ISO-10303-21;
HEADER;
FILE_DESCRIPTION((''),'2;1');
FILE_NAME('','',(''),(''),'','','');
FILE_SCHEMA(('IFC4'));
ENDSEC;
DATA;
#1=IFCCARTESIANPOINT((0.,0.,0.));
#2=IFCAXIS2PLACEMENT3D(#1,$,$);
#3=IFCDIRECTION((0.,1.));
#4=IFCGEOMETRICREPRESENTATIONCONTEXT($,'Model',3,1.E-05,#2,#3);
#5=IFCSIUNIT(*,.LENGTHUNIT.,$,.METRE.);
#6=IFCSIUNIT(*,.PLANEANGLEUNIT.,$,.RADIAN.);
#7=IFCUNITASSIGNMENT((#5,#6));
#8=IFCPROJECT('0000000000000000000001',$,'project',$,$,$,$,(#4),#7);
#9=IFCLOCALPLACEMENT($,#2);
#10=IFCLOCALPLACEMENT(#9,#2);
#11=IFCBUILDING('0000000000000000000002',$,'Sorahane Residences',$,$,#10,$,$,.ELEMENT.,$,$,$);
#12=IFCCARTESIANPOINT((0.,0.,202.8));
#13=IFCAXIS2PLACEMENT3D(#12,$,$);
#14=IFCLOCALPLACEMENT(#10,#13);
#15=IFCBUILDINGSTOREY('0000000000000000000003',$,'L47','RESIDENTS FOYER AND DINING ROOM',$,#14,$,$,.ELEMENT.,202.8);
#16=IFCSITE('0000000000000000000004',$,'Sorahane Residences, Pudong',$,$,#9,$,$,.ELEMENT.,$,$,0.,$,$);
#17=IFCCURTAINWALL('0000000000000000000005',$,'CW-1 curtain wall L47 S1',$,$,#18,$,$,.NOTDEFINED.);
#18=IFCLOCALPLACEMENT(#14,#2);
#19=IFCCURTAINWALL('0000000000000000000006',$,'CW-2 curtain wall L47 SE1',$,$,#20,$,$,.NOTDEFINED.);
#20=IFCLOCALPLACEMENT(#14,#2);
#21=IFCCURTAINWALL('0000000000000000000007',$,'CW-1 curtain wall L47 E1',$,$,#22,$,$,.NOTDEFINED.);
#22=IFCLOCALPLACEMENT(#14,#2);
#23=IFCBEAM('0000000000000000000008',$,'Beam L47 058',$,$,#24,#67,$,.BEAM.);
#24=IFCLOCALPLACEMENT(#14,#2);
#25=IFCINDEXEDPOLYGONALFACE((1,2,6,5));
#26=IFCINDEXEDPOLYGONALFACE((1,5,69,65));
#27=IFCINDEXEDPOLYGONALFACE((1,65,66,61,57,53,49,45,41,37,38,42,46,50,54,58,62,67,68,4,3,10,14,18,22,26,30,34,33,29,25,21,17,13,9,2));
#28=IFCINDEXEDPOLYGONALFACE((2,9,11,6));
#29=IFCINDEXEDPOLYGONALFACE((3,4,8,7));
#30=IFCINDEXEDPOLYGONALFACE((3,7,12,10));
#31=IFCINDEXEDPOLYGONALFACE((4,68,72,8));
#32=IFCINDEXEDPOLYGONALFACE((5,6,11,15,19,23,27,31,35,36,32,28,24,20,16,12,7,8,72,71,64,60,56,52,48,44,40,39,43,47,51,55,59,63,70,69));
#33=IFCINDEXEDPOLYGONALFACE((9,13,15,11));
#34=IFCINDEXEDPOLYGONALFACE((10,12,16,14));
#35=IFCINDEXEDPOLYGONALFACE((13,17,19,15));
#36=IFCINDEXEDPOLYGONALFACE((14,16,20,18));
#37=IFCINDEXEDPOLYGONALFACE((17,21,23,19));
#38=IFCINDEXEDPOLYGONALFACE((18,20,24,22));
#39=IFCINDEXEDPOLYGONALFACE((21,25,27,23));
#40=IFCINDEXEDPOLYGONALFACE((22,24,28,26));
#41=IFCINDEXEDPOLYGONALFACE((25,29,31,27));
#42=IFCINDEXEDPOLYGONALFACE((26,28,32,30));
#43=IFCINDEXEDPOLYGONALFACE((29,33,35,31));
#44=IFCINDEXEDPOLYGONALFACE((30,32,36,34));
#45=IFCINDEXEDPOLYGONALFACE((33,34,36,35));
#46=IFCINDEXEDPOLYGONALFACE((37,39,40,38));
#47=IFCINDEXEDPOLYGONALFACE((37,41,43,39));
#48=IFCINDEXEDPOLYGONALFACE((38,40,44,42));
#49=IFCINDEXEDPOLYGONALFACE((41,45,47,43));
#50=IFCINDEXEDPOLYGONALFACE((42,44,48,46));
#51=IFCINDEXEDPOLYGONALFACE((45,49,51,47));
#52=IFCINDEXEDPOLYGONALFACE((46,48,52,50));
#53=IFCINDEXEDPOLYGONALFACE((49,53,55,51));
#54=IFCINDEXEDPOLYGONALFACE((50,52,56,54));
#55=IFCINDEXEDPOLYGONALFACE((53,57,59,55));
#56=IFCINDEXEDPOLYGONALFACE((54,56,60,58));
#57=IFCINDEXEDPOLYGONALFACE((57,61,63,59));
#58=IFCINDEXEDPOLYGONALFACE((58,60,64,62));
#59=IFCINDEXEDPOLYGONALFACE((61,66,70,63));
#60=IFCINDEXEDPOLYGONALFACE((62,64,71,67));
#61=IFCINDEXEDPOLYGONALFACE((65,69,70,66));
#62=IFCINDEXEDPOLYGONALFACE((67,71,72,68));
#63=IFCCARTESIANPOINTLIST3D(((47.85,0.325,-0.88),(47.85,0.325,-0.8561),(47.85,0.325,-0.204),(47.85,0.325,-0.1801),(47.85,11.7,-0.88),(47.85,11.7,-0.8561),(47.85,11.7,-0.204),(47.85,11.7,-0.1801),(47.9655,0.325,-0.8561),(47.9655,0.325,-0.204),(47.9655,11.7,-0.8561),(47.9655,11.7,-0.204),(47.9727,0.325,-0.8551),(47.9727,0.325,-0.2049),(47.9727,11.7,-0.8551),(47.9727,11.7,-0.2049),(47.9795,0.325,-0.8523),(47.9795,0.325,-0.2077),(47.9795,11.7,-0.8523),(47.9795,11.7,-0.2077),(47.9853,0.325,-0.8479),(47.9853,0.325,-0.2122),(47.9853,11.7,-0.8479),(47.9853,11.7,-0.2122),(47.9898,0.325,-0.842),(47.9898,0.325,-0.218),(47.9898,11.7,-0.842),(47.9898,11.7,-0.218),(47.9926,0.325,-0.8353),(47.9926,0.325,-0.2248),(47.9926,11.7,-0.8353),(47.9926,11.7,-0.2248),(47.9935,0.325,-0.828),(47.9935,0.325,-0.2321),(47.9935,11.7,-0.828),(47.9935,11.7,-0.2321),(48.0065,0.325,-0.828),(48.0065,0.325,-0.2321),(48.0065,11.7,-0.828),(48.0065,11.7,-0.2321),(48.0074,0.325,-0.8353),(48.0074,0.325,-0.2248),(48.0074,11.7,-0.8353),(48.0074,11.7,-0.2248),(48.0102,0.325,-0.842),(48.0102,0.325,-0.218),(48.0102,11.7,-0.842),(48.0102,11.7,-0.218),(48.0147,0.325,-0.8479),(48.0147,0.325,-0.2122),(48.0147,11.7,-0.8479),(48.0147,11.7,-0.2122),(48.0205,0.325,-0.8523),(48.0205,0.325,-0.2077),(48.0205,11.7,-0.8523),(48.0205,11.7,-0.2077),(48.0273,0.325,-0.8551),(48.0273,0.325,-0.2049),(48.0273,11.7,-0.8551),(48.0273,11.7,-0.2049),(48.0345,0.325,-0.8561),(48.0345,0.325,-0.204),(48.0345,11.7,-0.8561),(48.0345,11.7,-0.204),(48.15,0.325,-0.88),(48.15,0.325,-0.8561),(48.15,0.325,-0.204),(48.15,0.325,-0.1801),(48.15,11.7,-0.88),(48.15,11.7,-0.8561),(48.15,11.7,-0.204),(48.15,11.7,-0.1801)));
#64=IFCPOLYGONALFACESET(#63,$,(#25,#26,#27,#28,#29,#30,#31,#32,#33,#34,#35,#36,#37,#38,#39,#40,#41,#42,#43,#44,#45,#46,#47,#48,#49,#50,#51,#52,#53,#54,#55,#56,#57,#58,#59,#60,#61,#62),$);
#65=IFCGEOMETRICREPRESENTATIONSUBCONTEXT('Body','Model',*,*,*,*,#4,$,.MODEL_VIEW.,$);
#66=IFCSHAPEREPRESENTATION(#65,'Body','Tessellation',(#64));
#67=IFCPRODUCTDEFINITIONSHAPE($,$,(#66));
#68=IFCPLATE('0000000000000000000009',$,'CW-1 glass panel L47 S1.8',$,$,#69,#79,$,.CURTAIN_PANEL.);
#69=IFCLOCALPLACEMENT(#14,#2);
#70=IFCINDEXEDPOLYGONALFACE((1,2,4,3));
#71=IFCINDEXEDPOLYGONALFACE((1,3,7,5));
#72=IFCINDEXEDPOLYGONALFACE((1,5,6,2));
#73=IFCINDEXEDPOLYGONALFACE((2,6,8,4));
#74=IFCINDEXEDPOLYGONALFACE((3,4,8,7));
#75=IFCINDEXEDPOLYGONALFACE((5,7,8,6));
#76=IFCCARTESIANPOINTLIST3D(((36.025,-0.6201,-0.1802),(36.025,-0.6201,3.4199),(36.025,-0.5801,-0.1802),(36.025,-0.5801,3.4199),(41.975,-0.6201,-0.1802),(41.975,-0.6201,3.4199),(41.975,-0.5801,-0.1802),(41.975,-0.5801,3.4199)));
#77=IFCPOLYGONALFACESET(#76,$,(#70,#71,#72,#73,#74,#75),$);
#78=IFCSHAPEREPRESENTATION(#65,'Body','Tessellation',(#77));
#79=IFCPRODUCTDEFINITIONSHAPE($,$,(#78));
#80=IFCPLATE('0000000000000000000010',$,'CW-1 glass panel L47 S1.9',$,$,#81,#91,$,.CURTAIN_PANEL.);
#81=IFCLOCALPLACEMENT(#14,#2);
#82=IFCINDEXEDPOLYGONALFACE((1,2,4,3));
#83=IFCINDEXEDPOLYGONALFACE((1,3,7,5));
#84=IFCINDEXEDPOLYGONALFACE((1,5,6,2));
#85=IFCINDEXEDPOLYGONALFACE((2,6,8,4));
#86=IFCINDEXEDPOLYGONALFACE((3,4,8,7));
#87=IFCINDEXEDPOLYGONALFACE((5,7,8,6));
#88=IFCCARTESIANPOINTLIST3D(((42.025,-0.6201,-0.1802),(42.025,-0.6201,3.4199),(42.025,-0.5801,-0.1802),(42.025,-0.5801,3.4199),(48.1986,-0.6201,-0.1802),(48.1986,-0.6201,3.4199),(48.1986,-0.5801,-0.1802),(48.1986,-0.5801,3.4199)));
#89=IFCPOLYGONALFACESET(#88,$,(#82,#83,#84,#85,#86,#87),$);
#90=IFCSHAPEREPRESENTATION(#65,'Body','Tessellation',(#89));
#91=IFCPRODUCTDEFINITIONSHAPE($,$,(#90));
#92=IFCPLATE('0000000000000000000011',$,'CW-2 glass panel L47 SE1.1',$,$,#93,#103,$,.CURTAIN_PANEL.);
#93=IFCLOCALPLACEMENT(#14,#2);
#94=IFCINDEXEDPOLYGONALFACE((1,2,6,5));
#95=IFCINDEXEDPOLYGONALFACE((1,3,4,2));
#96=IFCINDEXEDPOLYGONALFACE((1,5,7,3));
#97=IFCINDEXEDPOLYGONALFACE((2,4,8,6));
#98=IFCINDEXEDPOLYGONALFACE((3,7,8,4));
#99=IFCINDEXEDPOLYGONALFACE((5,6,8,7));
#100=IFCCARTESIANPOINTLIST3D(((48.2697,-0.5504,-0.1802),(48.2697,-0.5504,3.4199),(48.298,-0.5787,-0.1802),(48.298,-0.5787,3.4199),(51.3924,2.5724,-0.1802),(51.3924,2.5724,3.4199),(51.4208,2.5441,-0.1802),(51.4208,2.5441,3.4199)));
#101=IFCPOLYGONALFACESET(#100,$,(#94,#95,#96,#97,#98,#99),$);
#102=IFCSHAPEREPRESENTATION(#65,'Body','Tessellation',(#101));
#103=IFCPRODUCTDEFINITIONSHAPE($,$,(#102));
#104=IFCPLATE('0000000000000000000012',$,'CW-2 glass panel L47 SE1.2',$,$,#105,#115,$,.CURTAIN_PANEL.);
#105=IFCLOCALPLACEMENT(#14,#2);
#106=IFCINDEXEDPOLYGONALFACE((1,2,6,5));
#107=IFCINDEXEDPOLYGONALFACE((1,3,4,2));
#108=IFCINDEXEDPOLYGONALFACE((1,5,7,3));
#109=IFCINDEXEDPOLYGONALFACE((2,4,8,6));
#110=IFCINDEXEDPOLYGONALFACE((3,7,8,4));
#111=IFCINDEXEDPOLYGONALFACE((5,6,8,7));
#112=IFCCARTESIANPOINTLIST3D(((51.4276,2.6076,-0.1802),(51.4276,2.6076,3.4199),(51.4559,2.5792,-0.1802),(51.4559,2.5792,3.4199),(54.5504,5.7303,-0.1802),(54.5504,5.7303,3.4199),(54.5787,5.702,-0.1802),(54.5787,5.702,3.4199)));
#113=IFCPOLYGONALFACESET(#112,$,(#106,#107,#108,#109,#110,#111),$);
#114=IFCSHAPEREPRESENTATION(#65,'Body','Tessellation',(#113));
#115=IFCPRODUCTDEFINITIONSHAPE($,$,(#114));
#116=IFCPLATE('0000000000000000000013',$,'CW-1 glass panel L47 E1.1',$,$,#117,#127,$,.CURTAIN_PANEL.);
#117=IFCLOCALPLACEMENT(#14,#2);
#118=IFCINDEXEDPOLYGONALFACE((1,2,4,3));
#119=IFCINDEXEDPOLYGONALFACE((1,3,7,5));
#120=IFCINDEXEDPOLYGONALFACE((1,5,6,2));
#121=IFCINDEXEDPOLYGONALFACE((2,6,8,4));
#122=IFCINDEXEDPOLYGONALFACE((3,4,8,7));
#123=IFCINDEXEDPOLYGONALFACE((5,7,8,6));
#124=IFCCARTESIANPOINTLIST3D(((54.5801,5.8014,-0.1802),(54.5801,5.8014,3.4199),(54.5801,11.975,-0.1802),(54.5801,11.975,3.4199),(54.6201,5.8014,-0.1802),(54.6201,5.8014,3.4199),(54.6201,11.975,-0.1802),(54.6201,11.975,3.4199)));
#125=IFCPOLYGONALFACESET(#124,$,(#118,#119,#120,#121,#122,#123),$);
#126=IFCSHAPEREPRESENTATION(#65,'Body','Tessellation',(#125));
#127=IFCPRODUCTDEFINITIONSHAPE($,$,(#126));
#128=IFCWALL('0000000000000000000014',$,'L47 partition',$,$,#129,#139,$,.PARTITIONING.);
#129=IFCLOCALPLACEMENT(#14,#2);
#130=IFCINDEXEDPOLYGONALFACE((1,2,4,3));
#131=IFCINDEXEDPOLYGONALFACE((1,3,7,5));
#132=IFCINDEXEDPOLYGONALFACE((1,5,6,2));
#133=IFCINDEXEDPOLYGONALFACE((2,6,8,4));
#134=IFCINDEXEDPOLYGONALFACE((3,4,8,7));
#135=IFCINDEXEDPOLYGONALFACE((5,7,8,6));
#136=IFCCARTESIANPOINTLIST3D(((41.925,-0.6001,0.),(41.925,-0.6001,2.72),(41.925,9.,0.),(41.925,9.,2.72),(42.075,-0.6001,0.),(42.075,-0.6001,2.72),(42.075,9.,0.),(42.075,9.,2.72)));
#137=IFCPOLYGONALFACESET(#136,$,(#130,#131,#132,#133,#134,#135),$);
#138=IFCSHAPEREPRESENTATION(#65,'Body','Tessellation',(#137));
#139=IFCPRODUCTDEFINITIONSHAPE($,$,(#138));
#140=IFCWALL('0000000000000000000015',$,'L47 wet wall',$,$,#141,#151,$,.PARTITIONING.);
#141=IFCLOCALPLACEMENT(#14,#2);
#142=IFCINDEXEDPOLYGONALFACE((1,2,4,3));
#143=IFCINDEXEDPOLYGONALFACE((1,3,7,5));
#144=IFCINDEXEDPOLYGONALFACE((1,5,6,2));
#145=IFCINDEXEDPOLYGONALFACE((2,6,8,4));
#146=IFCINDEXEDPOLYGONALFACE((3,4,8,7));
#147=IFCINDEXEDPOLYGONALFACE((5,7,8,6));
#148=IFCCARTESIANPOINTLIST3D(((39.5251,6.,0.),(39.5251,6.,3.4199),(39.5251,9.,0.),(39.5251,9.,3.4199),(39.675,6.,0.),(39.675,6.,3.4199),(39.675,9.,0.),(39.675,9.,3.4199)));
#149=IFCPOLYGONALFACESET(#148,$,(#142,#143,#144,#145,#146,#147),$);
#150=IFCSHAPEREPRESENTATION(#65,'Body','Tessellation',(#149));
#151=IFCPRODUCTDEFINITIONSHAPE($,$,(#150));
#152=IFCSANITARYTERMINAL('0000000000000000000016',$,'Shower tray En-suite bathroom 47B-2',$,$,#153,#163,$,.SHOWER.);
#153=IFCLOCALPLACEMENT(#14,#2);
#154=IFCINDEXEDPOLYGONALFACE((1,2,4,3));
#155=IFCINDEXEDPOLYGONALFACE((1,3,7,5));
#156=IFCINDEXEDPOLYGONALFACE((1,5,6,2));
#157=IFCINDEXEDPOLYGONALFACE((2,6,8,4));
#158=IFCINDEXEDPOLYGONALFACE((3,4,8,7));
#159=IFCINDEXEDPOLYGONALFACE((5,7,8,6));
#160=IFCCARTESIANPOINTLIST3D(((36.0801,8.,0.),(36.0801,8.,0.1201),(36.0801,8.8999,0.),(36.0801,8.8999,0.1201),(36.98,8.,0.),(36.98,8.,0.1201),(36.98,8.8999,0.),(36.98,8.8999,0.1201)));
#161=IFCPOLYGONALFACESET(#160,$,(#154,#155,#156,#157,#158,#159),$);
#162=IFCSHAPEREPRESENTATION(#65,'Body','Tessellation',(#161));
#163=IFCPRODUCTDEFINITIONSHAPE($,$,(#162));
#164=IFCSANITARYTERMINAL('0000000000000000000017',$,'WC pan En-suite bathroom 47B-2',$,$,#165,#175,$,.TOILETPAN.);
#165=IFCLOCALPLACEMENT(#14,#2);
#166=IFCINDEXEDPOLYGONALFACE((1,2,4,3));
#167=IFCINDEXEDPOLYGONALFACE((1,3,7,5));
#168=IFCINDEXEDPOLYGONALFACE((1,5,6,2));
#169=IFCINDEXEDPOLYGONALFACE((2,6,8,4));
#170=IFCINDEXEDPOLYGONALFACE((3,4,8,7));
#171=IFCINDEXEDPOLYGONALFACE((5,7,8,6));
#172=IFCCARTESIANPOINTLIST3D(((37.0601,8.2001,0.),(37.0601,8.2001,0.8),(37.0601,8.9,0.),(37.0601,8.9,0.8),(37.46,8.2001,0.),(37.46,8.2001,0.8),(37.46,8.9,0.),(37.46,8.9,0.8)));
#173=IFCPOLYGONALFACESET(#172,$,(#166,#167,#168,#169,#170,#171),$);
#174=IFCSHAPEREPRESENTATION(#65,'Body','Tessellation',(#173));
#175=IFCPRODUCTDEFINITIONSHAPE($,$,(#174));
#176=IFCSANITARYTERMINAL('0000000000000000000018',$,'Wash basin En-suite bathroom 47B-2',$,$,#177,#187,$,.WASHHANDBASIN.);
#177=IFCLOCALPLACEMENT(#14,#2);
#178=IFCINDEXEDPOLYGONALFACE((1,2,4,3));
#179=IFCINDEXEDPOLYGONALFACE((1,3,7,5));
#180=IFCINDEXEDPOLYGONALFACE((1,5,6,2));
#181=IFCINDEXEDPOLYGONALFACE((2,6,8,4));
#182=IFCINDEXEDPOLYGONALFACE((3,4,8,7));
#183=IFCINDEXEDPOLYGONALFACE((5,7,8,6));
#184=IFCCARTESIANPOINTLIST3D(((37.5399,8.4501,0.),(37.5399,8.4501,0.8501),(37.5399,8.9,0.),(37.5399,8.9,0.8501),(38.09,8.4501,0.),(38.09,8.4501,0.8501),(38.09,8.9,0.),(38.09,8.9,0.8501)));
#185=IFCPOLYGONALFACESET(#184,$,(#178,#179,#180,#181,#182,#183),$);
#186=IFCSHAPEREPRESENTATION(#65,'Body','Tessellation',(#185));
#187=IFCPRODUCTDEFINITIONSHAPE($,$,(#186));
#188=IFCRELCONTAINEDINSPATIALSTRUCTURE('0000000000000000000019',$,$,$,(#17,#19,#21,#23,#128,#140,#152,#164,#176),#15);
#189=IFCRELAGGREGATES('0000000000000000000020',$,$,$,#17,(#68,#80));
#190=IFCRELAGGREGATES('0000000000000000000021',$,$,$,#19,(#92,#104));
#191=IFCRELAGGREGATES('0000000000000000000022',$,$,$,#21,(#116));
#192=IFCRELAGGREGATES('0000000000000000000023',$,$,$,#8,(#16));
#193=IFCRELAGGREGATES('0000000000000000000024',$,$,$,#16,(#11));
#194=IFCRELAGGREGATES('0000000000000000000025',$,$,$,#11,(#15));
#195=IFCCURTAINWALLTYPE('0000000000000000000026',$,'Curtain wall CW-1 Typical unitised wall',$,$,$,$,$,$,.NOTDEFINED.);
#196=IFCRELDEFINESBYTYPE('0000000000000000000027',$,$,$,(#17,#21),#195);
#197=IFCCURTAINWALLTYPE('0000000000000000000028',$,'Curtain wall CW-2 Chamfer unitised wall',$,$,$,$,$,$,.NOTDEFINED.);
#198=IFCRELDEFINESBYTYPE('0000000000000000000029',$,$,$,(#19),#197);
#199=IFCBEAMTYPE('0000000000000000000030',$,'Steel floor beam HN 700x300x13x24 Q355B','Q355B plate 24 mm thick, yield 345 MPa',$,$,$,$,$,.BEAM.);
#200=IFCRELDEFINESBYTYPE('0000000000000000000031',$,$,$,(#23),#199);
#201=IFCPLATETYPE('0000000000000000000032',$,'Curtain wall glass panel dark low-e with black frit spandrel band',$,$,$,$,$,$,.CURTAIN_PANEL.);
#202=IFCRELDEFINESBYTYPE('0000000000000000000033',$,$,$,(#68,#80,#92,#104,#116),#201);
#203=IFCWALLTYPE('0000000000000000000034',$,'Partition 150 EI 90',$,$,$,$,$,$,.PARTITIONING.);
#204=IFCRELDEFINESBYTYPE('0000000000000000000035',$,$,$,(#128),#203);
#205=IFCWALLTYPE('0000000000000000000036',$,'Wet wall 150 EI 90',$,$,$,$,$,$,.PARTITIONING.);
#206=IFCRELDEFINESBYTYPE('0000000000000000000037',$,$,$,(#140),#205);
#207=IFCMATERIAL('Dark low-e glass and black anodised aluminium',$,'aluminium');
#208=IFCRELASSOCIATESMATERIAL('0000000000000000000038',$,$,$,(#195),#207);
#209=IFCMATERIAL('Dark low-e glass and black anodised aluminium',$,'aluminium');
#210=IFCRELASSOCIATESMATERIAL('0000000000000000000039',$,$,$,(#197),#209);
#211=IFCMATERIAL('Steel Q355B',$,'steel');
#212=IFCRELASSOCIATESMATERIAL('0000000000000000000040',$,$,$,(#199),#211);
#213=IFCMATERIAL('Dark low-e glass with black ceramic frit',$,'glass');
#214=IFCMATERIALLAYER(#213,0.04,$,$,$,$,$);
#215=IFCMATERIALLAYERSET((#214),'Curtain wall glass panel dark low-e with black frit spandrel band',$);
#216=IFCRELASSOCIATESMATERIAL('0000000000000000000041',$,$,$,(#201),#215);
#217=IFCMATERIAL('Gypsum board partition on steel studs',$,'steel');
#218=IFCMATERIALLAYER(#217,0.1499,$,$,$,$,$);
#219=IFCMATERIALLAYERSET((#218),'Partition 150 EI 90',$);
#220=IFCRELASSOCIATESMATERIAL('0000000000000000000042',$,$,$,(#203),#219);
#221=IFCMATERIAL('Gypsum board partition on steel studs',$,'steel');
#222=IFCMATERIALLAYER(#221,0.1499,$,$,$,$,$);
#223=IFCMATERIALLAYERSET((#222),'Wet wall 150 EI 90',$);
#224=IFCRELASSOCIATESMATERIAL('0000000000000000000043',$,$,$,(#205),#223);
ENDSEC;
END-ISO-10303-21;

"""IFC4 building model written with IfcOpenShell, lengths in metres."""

from ifc_helpers import new_model, si_unit, direction, frame, frame_2d, origin, origin_2d, place, context, subcontext, project, spatial, rectangle, i_section, extrude, material, layer, layer_set, material_profile, profile_set, type_object, element, aggregate, save


model = new_model("IFC4")

# Units and contexts
model_context = context("Model", 3, precision=1e-05, world=origin(), true_north=direction((0.0, 1.0)))
body_context = subcontext(model_context, "Body", "Model", "MODEL_VIEW")
ifc_project = project(units=[si_unit("LENGTHUNIT", "METRE"), si_unit("PLANEANGLEUNIT", "RADIAN")], contexts=[model_context])

# Site, building, storey
site_placement = place(None, origin())
site = spatial("IfcSite", under=ifc_project, at=site_placement, Name="Sorahane Residences, Pudong", CompositionType="ELEMENT", RefElevation=0.0)
building_placement = place(site_placement, origin())
building = spatial("IfcBuilding", under=site, at=building_placement, Name="Sorahane Residences", CompositionType="ELEMENT")
storey_placement = place(building_placement, frame((0.0, 0.0, 202.8)))
storey = spatial("IfcBuildingStorey", under=building, at=storey_placement, Name="L47", Description="RESIDENTS FOYER AND DINING ROOM", CompositionType="ELEMENT", Elevation=202.8)

# Curtain walls
ifc_material_1 = material(Name="Dark low-e glass and black anodised aluminium", Category="aluminium")
curtain_wall_type_1 = type_object("IfcCurtainWallType", Name="Curtain wall CW-1 Typical unitised wall", PredefinedType="NOTDEFINED", material=ifc_material_1)
curtain_wall_1_placement = place(storey_placement, origin())
curtain_wall_1 = element("IfcCurtainWall", 1, at=curtain_wall_1_placement, inside=storey, type_object=curtain_wall_type_1, Name="CW-1 curtain wall L47 S1", PredefinedType="NOTDEFINED")
ifc_material_2 = material(Name="Dark low-e glass and black anodised aluminium", Category="aluminium")
curtain_wall_type_2 = type_object("IfcCurtainWallType", Name="Curtain wall CW-2 Chamfer unitised wall", PredefinedType="NOTDEFINED", material=ifc_material_2)
curtain_wall_2_placement = place(storey_placement, origin())
curtain_wall_2 = element("IfcCurtainWall", 2, at=curtain_wall_2_placement, inside=storey, type_object=curtain_wall_type_2, Name="CW-2 curtain wall L47 SE1", PredefinedType="NOTDEFINED")

# Curtain wall
curtain_wall_3_placement = place(storey_placement, origin())
curtain_wall_3 = element("IfcCurtainWall", 3, at=curtain_wall_3_placement, inside=storey, type_object=curtain_wall_type_1, Name="CW-1 curtain wall L47 E1", PredefinedType="NOTDEFINED")

# Beam
ifc_material_3 = material(Name="Steel Q355B", Category="steel")
ifc_material_profile_1 = material_profile(ifc_material_3, i_section(OverallWidth=0.3, OverallDepth=0.7, WebThickness=0.0129, FlangeThickness=0.0239, FilletRadius=0.0281, at=origin_2d()), Name="HN 700x300x13x24")
ifc_profile_set_1 = profile_set([ifc_material_profile_1], Name="Steel Q355B")
beam_type_1 = type_object("IfcBeamType", Name="Steel floor beam HN 700x300x13x24 Q355B", Description="Q355B plate 24 mm thick, yield 345 MPa", PredefinedType="BEAM", material=ifc_profile_set_1)
beam_1_placement = place(storey_placement, frame((48.0, 0.325, -0.53), z_axis=(0.0, 1.0, 0.0), x_axis=(-1.0, 0.0, 0.0)))
element("IfcBeam", 4, at=beam_1_placement, inside=storey, type_object=beam_type_1, Name="Beam L47 058", PredefinedType="BEAM", context=body_context, shape_type="SweptSolid", body=[
    extrude(i_section(OverallWidth=0.3, OverallDepth=0.7, WebThickness=0.0129, FlangeThickness=0.0239, FilletRadius=0.0281, at=origin_2d()), origin(), (0.0, 0.0, 1.0), 11.375),
])

# Plates
ifc_material_4 = material(Name="Dark low-e glass with black ceramic frit", Category="glass")
ifc_layer_1 = layer(ifc_material_4, 0.04)
ifc_layer_set_1 = layer_set([ifc_layer_1], Name="Curtain wall glass panel dark low-e with black frit spandrel band")
plate_type = type_object("IfcPlateType", Name="Curtain wall glass panel dark low-e with black frit spandrel band", PredefinedType="CURTAIN_PANEL", material=ifc_layer_set_1)
plate_1_placement = place(storey_placement, frame((39.0, -0.6001, -0.1802), z_axis=(0.0, 0.0, 1.0), x_axis=(1.0, 0.0, 0.0)))
plate_1 = element("IfcPlate", 5, at=plate_1_placement, type_object=plate_type, Name="CW-1 glass panel L47 S1.8", PredefinedType="CURTAIN_PANEL", context=body_context, shape_type="SweptSolid", body=[
    extrude(rectangle(XDim=5.95, YDim=0.04, at=origin_2d()), origin(), (0.0, 0.0, 1.0), 3.6001),
])
plate_2_placement = place(storey_placement, frame((45.1118, -0.6001, -0.1802), z_axis=(0.0, 0.0, 1.0), x_axis=(1.0, 0.0, 0.0)))
plate_2 = element("IfcPlate", 6, at=plate_2_placement, type_object=plate_type, Name="CW-1 glass panel L47 S1.9", PredefinedType="CURTAIN_PANEL", context=body_context, shape_type="SweptSolid", body=[
    extrude(rectangle(XDim=6.1736, YDim=0.04, at=origin_2d()), origin(), (0.0, 0.0, 1.0), 3.6001),
])
aggregate(curtain_wall_1, [plate_1, plate_2])
plate_3_placement = place(storey_placement, frame((49.8452, 0.9968, -0.1802), z_axis=(0.0, 0.0, 1.0), x_axis=(0.707107, 0.707107, 0.0)))
plate_3 = element("IfcPlate", 7, at=plate_3_placement, type_object=plate_type, Name="CW-2 glass panel L47 SE1.1", PredefinedType="CURTAIN_PANEL", context=body_context, shape_type="SweptSolid", body=[
    extrude(rectangle(XDim=4.4163, YDim=0.04, at=origin_2d()), origin(), (0.0, 0.0, 1.0), 3.6001),
])
plate_4_placement = place(storey_placement, frame((53.0032, 4.1548, -0.1802), z_axis=(0.0, 0.0, 1.0), x_axis=(0.707107, 0.707107, 0.0)))
plate_4 = element("IfcPlate", 8, at=plate_4_placement, type_object=plate_type, Name="CW-2 glass panel L47 SE1.2", PredefinedType="CURTAIN_PANEL", context=body_context, shape_type="SweptSolid", body=[
    extrude(rectangle(XDim=4.4163, YDim=0.04, at=origin_2d()), origin(), (0.0, 0.0, 1.0), 3.6001),
])
aggregate(curtain_wall_2, [plate_3, plate_4])
plate_5_placement = place(storey_placement, frame((54.6001, 8.8882, -0.1802), z_axis=(0.0, 0.0, 1.0), x_axis=(0.0, 1.0, 0.0)))
plate_5 = element("IfcPlate", 9, at=plate_5_placement, type_object=plate_type, Name="CW-1 glass panel L47 E1.1", PredefinedType="CURTAIN_PANEL", context=body_context, shape_type="SweptSolid", body=[
    extrude(rectangle(XDim=6.1736, YDim=0.04, at=origin_2d()), origin(), (0.0, 0.0, 1.0), 3.6001),
])
aggregate(curtain_wall_3, [plate_5])

# Wall
ifc_material_5 = material(Name="Gypsum board partition on steel studs", Category="steel")
ifc_layer_2 = layer(ifc_material_5, 0.1499)
ifc_layer_set_2 = layer_set([ifc_layer_2], Name="Partition 150 EI 90")
wall_type_1 = type_object("IfcWallType", Name="Partition 150 EI 90", PredefinedType="PARTITIONING", material=ifc_layer_set_2)
wall_1_placement = place(storey_placement, frame((42.0, -0.6001, 0.0), z_axis=(0.0, 0.0, 1.0), x_axis=(0.0, 1.0, 0.0)))
element("IfcWall", 10, at=wall_1_placement, inside=storey, type_object=wall_type_1, Name="L47 partition", PredefinedType="PARTITIONING", context=body_context, shape_type="SweptSolid", body=[
    extrude(rectangle(XDim=9.6001, YDim=0.1499, at=frame_2d((4.8, 0.0))), origin(), (0.0, 0.0, 1.0), 2.72),
])

# Wall
ifc_material_6 = material(Name="Gypsum board partition on steel studs", Category="steel")
ifc_layer_3 = layer(ifc_material_6, 0.1499)
ifc_layer_set_3 = layer_set([ifc_layer_3], Name="Wet wall 150 EI 90")
wall_type_2 = type_object("IfcWallType", Name="Wet wall 150 EI 90", PredefinedType="PARTITIONING", material=ifc_layer_set_3)
wall_2_placement = place(storey_placement, frame((39.6001, 6.0, 0.0), z_axis=(0.0, 0.0, 1.0), x_axis=(0.0, 1.0, 0.0)))
element("IfcWall", 11, at=wall_2_placement, inside=storey, type_object=wall_type_2, Name="L47 wet wall", PredefinedType="PARTITIONING", context=body_context, shape_type="SweptSolid", body=[
    extrude(rectangle(XDim=3.0, YDim=0.1499, at=frame_2d((1.5, 0.0))), origin(), (0.0, 0.0, 1.0), 3.4199),
])

# Sanitary terminals
sanitary_terminal_1_placement = place(storey_placement, frame((36.53, 8.45, 0.0), z_axis=(0.0, 0.0, 1.0), x_axis=(1.0, 0.0, 0.0)))
element("IfcSanitaryTerminal", 12, at=sanitary_terminal_1_placement, inside=storey, Name="Shower tray En-suite bathroom 47B-2", PredefinedType="SHOWER", context=body_context, shape_type="SweptSolid", body=[
    extrude(rectangle(XDim=0.8999, YDim=0.8999, at=origin_2d()), origin(), (0.0, 0.0, 1.0), 0.1201),
])
sanitary_terminal_2_placement = place(storey_placement, frame((37.26, 8.55, 0.0), z_axis=(0.0, 0.0, 1.0), x_axis=(1.0, 0.0, 0.0)))
element("IfcSanitaryTerminal", 13, at=sanitary_terminal_2_placement, inside=storey, Name="WC pan En-suite bathroom 47B-2", PredefinedType="TOILETPAN", context=body_context, shape_type="SweptSolid", body=[
    extrude(rectangle(XDim=0.3999, YDim=0.7, at=origin_2d()), origin(), (0.0, 0.0, 1.0), 0.8),
])
sanitary_terminal_3_placement = place(storey_placement, frame((37.8149, 8.675, 0.0), z_axis=(0.0, 0.0, 1.0), x_axis=(1.0, 0.0, 0.0)))
element("IfcSanitaryTerminal", 14, at=sanitary_terminal_3_placement, inside=storey, Name="Wash basin En-suite bathroom 47B-2", PredefinedType="WASHHANDBASIN", context=body_context, shape_type="SweptSolid", body=[
    extrude(rectangle(XDim=0.55, YDim=0.45, at=origin_2d()), origin(), (0.0, 0.0, 1.0), 0.8501),
])

save(model, "model.ifc")
